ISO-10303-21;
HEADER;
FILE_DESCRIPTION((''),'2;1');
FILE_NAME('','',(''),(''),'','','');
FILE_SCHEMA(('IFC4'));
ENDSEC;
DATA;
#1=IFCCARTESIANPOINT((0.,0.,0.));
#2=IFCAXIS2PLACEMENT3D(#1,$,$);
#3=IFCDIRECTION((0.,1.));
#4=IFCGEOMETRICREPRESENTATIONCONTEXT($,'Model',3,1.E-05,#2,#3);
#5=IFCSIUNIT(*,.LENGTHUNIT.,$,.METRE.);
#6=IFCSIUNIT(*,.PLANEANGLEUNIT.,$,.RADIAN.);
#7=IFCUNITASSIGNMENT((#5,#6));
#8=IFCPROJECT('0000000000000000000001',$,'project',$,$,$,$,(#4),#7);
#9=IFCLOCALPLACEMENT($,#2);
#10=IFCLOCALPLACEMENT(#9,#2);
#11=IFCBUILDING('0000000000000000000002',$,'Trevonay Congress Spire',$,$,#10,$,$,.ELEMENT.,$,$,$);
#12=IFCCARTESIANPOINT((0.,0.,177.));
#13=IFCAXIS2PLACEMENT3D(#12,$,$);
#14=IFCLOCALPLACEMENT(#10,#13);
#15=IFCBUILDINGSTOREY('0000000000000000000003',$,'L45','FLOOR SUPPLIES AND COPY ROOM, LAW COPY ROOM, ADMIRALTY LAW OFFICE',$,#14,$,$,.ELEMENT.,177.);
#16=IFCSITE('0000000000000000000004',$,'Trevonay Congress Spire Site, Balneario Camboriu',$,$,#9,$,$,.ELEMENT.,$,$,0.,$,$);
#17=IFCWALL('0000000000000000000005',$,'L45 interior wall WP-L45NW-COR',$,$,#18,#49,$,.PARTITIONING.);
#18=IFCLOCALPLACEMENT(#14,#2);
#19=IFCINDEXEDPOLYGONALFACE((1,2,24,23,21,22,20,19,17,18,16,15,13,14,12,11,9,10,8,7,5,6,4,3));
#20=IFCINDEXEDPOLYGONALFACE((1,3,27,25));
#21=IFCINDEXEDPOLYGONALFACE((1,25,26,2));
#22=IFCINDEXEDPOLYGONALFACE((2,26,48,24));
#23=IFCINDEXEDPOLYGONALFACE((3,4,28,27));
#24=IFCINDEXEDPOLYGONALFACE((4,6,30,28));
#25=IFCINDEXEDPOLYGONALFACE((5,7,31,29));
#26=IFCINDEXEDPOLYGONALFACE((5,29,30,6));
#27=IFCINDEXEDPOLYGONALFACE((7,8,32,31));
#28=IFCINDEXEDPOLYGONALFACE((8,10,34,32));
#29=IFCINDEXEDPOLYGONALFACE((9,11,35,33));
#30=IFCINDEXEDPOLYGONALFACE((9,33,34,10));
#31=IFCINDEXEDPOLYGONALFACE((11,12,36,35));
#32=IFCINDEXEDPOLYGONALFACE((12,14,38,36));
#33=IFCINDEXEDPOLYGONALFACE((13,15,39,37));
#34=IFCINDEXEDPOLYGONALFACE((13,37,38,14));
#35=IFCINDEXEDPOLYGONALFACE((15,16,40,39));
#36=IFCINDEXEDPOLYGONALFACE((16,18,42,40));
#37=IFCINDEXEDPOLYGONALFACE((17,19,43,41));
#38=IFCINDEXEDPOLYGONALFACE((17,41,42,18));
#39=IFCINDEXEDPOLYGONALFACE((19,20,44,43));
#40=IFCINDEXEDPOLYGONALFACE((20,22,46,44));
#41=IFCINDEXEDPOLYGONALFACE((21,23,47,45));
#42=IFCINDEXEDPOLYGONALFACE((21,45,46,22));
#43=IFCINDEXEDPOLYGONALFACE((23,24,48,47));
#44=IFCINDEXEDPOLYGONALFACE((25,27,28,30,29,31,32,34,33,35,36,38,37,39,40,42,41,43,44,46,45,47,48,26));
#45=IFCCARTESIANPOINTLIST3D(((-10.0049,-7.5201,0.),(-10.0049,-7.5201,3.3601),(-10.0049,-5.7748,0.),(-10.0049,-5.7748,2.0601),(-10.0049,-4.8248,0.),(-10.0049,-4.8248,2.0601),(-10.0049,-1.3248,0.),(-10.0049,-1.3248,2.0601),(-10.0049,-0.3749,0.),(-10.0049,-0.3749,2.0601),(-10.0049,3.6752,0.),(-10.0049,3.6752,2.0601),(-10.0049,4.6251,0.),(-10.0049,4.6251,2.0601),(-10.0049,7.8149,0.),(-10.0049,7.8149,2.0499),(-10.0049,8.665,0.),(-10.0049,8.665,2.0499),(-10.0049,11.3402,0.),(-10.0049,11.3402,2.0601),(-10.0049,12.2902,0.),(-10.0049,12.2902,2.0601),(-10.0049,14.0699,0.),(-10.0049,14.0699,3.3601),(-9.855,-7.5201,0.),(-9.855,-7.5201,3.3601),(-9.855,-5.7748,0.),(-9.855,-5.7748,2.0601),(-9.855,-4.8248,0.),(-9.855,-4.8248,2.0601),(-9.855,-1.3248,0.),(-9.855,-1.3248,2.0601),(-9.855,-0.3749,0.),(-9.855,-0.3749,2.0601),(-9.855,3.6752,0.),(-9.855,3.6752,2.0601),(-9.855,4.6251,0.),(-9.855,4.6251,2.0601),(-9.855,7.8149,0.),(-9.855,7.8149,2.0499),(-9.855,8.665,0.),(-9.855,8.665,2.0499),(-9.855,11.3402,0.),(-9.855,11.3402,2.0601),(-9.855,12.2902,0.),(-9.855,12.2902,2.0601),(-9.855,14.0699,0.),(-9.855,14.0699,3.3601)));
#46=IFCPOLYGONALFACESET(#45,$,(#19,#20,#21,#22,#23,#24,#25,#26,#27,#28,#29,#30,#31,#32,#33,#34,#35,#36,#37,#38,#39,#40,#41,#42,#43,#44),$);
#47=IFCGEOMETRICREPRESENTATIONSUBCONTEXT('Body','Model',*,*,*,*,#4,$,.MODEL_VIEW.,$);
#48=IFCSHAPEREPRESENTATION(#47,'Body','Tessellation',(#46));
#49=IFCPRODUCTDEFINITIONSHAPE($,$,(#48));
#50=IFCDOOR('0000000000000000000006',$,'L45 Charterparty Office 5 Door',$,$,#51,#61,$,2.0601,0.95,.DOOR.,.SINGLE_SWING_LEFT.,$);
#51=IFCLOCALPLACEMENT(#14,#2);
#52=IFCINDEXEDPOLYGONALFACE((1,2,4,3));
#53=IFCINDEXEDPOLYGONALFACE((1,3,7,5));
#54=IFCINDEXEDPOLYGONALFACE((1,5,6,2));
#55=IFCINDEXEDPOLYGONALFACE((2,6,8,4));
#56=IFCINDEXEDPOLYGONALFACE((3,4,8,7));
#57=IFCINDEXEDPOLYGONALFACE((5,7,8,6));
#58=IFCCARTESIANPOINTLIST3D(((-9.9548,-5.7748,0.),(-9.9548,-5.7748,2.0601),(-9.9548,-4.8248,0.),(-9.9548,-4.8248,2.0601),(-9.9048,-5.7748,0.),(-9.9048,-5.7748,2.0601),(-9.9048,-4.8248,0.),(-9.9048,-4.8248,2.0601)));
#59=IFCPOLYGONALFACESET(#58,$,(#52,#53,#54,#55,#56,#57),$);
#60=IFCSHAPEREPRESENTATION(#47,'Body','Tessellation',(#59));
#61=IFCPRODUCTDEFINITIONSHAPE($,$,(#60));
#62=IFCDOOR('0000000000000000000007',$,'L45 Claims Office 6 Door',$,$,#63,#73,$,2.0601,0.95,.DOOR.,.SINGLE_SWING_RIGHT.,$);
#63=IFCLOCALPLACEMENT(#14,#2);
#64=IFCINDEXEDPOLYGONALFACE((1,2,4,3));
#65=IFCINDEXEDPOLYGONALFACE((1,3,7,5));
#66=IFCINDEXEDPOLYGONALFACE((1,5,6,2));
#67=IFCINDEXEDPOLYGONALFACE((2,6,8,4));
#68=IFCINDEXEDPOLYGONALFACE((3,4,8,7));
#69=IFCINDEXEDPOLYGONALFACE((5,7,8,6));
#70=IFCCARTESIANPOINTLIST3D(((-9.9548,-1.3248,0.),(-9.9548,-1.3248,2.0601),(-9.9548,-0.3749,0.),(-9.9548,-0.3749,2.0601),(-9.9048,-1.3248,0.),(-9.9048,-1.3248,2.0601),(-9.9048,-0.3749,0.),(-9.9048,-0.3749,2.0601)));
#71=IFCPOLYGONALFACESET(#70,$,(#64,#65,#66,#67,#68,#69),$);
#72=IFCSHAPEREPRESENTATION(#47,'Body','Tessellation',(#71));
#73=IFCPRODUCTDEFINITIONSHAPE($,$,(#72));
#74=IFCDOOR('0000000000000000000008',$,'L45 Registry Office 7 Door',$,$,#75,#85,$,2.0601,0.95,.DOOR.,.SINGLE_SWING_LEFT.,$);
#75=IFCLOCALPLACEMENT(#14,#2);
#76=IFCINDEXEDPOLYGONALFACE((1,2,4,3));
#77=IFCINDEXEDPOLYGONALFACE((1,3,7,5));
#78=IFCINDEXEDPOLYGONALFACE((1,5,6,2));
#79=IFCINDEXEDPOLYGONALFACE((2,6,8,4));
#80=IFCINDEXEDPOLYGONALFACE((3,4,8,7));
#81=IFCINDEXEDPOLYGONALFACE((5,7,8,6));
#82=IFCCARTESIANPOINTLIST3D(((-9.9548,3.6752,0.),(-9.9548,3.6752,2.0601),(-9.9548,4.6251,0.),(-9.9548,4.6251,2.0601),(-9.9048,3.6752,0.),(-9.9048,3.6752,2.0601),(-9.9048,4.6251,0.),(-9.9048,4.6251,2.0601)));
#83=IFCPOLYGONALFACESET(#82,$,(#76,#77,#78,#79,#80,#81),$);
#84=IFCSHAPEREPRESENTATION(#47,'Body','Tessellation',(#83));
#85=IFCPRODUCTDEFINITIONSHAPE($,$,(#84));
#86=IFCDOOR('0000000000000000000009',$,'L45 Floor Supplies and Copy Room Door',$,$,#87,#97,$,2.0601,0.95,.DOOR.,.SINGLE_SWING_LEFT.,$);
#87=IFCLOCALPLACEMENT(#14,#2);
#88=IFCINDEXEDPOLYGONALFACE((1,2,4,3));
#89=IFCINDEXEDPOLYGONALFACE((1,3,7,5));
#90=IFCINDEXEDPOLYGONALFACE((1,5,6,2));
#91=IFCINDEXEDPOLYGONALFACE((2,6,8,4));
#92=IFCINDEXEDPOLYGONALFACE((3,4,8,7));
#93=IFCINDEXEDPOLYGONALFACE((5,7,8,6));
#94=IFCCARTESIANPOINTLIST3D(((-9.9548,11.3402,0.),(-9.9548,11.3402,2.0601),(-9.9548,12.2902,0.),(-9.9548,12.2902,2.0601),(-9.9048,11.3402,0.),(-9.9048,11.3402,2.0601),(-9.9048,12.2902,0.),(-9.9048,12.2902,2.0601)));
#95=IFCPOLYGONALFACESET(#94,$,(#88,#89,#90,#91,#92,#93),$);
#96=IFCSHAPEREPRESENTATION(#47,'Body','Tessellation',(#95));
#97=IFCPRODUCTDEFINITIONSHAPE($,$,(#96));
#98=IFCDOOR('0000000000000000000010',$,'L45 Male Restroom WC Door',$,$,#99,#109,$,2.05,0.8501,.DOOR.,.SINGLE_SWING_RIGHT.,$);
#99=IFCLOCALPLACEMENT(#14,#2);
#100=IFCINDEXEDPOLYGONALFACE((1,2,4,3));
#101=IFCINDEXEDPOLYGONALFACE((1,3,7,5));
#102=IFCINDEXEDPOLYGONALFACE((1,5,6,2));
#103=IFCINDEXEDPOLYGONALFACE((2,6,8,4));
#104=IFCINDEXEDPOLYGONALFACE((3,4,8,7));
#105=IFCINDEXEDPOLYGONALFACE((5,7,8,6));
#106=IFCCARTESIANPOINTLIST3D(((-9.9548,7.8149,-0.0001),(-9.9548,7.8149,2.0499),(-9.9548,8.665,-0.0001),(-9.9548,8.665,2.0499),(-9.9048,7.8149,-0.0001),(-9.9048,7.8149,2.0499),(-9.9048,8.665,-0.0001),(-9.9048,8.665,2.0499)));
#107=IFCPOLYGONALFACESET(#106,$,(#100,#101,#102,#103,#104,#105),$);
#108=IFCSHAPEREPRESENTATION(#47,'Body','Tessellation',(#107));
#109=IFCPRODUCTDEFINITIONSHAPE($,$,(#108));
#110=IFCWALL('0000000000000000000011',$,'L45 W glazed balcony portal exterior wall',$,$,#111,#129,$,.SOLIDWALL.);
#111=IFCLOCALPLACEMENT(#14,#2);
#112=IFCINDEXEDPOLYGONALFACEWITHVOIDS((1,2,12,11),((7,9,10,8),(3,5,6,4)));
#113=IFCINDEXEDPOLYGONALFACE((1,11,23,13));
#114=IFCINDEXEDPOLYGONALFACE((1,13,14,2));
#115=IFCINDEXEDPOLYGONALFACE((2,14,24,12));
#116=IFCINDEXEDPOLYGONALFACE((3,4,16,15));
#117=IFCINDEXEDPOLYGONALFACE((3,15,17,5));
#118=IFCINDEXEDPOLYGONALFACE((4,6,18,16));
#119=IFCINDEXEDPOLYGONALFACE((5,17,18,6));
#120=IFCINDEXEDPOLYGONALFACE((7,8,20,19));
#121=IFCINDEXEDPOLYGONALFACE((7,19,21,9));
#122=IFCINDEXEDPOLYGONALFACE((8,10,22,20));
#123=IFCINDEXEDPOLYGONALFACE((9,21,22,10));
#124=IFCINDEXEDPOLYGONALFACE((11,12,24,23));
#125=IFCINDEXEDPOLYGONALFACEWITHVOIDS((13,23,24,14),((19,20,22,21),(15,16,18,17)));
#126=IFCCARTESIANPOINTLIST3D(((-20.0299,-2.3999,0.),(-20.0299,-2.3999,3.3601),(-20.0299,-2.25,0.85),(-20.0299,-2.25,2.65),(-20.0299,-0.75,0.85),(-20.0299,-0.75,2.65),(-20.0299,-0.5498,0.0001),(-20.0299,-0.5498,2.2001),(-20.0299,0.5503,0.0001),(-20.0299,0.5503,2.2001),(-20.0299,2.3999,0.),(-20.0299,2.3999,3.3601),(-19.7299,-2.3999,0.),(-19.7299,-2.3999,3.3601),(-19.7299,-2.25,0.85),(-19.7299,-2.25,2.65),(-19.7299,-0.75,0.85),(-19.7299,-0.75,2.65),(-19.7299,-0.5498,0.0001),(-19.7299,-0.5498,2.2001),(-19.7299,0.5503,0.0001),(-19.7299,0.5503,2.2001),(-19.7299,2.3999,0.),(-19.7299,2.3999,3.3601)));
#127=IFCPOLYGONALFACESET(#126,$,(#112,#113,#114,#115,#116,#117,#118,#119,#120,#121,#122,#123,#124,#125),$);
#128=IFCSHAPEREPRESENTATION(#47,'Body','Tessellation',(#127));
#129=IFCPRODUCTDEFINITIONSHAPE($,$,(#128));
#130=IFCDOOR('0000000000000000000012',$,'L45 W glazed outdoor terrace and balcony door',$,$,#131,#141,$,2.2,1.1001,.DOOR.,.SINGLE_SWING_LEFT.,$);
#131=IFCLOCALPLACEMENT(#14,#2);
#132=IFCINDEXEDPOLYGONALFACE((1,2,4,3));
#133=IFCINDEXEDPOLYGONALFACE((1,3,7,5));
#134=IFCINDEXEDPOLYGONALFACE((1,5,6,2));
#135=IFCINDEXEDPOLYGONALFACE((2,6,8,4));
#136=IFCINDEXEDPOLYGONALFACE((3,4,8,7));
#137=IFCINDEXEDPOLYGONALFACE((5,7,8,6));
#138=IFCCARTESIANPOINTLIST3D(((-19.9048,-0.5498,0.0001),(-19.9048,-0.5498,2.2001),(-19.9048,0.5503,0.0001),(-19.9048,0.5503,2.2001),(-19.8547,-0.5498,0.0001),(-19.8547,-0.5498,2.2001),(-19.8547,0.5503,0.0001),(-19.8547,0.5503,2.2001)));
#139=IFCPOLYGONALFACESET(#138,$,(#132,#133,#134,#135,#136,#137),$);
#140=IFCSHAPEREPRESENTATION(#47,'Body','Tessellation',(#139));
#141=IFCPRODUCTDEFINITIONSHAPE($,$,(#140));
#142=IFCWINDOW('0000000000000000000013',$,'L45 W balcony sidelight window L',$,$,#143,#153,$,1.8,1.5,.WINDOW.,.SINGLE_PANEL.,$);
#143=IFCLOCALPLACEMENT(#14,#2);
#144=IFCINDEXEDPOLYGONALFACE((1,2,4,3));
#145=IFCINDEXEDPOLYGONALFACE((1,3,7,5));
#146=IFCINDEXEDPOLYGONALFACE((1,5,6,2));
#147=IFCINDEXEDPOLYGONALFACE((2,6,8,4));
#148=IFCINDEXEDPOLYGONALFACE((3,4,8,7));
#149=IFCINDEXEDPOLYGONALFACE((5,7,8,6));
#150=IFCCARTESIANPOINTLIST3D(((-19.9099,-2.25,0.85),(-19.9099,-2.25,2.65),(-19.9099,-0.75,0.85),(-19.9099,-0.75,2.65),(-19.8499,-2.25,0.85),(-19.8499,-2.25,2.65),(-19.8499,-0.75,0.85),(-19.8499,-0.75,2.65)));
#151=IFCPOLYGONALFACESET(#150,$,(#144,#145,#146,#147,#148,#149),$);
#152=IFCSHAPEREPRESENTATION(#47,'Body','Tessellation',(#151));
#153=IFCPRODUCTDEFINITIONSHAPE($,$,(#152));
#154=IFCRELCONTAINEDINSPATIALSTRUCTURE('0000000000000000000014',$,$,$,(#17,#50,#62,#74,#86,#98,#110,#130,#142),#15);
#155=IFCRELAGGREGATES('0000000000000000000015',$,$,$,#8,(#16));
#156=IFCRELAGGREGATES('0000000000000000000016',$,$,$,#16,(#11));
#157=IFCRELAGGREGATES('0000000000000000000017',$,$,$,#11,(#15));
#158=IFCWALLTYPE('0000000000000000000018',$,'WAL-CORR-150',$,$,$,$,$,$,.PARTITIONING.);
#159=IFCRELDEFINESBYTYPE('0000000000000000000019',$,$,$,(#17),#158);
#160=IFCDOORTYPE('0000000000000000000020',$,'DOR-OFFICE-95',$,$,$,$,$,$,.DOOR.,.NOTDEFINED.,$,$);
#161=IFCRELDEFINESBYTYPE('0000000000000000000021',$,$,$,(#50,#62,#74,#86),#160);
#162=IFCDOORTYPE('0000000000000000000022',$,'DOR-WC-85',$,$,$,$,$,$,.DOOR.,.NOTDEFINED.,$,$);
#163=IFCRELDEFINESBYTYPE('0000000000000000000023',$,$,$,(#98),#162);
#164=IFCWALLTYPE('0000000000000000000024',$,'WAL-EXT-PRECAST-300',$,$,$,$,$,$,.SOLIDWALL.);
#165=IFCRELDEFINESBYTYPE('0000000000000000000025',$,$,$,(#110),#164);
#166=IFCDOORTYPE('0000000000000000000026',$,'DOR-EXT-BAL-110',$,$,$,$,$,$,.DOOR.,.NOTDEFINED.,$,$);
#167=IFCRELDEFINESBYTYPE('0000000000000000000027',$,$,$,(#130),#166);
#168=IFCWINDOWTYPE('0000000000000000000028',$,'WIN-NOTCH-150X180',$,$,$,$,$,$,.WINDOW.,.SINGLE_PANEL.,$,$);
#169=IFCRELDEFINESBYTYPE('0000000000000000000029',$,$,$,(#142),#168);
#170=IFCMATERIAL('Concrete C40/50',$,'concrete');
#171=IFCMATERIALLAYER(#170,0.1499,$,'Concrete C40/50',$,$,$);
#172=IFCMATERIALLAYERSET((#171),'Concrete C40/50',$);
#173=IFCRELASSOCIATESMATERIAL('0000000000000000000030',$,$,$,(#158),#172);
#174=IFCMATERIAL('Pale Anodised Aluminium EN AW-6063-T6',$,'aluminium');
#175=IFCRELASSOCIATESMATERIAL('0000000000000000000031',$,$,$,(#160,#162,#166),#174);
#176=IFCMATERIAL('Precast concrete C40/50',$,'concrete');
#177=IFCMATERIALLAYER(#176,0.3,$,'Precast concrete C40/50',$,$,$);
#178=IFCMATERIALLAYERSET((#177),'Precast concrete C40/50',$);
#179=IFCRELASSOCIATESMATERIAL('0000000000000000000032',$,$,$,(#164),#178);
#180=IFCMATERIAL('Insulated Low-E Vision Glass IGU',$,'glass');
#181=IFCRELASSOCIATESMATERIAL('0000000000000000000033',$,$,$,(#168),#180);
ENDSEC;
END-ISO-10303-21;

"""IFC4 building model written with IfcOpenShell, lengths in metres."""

from ifc_helpers import new_model, si_unit, direction, frame, frame_2d, origin, place, context, subcontext, project, spatial, rectangle, extrude, material, layer, layer_set, type_object, element, fill, save


model = new_model("IFC4")

# Units and contexts
model_context = context("Model", 3, precision=1e-05, world=origin(), true_north=direction((0.0, 1.0)))
body_context = subcontext(model_context, "Body", "Model", "MODEL_VIEW")
ifc_project = project(units=[si_unit("LENGTHUNIT", "METRE"), si_unit("PLANEANGLEUNIT", "RADIAN")], contexts=[model_context])

# Site, building, storey
site_placement = place(None, origin())
site = spatial("IfcSite", under=ifc_project, at=site_placement, Name="Trevonay Congress Spire Site, Balneario Camboriu", CompositionType="ELEMENT", RefElevation=0.0)
building_placement = place(site_placement, origin())
building = spatial("IfcBuilding", under=site, at=building_placement, Name="Trevonay Congress Spire", CompositionType="ELEMENT")
storey_placement = place(building_placement, frame((0.0, 0.0, 177.0)))
storey = spatial("IfcBuildingStorey", under=building, at=storey_placement, Name="L45", Description="FLOOR SUPPLIES AND COPY ROOM, LAW COPY ROOM, ADMIRALTY LAW OFFICE", CompositionType="ELEMENT", Elevation=177.0)

# Shared definitions
ifc_material_1 = material(Name="Pale Anodised Aluminium EN AW-6063-T6", Category="aluminium")
ifc_material_2 = material(Name="Insulated Low-E Vision Glass IGU", Category="glass")

# Shared definitions
ifc_material_3 = material(Name="Concrete C40/50", Category="concrete")
ifc_layer_1 = layer(ifc_material_3, 0.1499, Name="Concrete C40/50")
ifc_layer_set_1 = layer_set([ifc_layer_1], Name="Concrete C40/50")
wall_type_1 = type_object("IfcWallType", Name="WAL-CORR-150", PredefinedType="PARTITIONING", material=ifc_layer_set_1)
door_type_1 = type_object("IfcDoorType", Name="DOR-OFFICE-95", OperationType="NOTDEFINED", PredefinedType="DOOR", material=ifc_material_1)

# Wall, openings, doors
wall_1_placement = place(storey_placement, frame((-9.9299, -7.52, 0.0), z_axis=(0.0, 0.0, 1.0), x_axis=(0.0, 1.0, 0.0)))
wall_1 = element("IfcWall", 1, at=wall_1_placement, inside=storey, type_object=wall_type_1, Name="L45 interior wall WP-L45NW-COR", PredefinedType="PARTITIONING", context=body_context, shape_type="SweptSolid", body=[
    extrude(rectangle(XDim=21.5901, YDim=0.1499, at=frame_2d((10.7949, 0.0))), origin(), (0.0, 0.0, 1.0), 3.3601),
])
opening_1_placement = place(wall_1_placement, frame((1.7451, 0.0, 0.0)))
opening_1 = element("IfcOpeningElement", 2, at=opening_1_placement, cuts=wall_1, PredefinedType="OPENING", context=body_context, shape_type="SweptSolid", body=[
    extrude(rectangle(XDim=0.95, YDim=2.0601, at=frame_2d((0.4751, 1.03))), frame((0.0, 0.085, 0.0), z_axis=(0.0, -1.0, 0.0), x_axis=(1.0, 0.0, 0.0)), (0.0, 0.0, 1.0), 0.1699),
])
opening_2_placement = place(wall_1_placement, frame((6.1951, 0.0, 0.0)))
opening_2 = element("IfcOpeningElement", 3, at=opening_2_placement, cuts=wall_1, PredefinedType="OPENING", context=body_context, shape_type="SweptSolid", body=[
    extrude(rectangle(XDim=0.95, YDim=2.0601, at=frame_2d((0.4751, 1.03))), frame((0.0, 0.085, 0.0), z_axis=(0.0, -1.0, 0.0), x_axis=(1.0, 0.0, 0.0)), (0.0, 0.0, 1.0), 0.1699),
])
opening_3_placement = place(wall_1_placement, frame((11.1951, 0.0, 0.0)))
opening_3 = element("IfcOpeningElement", 4, at=opening_3_placement, cuts=wall_1, PredefinedType="OPENING", context=body_context, shape_type="SweptSolid", body=[
    extrude(rectangle(XDim=0.95, YDim=2.0601, at=frame_2d((0.4751, 1.03))), frame((0.0, 0.085, 0.0), z_axis=(0.0, -1.0, 0.0), x_axis=(1.0, 0.0, 0.0)), (0.0, 0.0, 1.0), 0.1699),
])
opening_4_placement = place(wall_1_placement, frame((15.335, 0.0, 0.0)))
opening_4 = element("IfcOpeningElement", 5, at=opening_4_placement, cuts=wall_1, PredefinedType="OPENING", context=body_context, shape_type="SweptSolid", body=[
    extrude(rectangle(XDim=0.8501, YDim=2.05, at=frame_2d((0.425, 1.0249))), frame((0.0, 0.085, 0.0), z_axis=(0.0, -1.0, 0.0), x_axis=(1.0, 0.0, 0.0)), (0.0, 0.0, 1.0), 0.1699),
])
opening_5_placement = place(wall_1_placement, frame((18.8601, 0.0, 0.0)))
opening_5 = element("IfcOpeningElement", 6, at=opening_5_placement, cuts=wall_1, PredefinedType="OPENING", context=body_context, shape_type="SweptSolid", body=[
    extrude(rectangle(XDim=0.95, YDim=2.0601, at=frame_2d((0.4751, 1.03))), frame((0.0, 0.085, 0.0), z_axis=(0.0, -1.0, 0.0), x_axis=(1.0, 0.0, 0.0)), (0.0, 0.0, 1.0), 0.1699),
])
door_1_placement = place(opening_1_placement, origin())
door_1 = element("IfcDoor", 7, at=door_1_placement, inside=storey, type_object=door_type_1, Name="L45 Charterparty Office 5 Door", OperationType="SINGLE_SWING_LEFT", OverallHeight=2.0601, OverallWidth=0.95, PredefinedType="DOOR", context=body_context, shape_type="SweptSolid", body=[
    extrude(rectangle(XDim=0.95, YDim=2.0601, at=frame_2d((0.4751, 1.03))), frame((0.0, 0.0249, 0.0), z_axis=(0.0, -1.0, 0.0), x_axis=(1.0, 0.0, 0.0)), (0.0, 0.0, 1.0), 0.05),
])
fill(opening_1, door_1)
door_2_placement = place(opening_2_placement, origin())
door_2 = element("IfcDoor", 8, at=door_2_placement, inside=storey, type_object=door_type_1, Name="L45 Claims Office 6 Door", OperationType="SINGLE_SWING_RIGHT", OverallHeight=2.0601, OverallWidth=0.95, PredefinedType="DOOR", context=body_context, shape_type="SweptSolid", body=[
    extrude(rectangle(XDim=0.95, YDim=2.0601, at=frame_2d((0.4751, 1.03))), frame((0.0, 0.0249, 0.0), z_axis=(0.0, -1.0, 0.0), x_axis=(1.0, 0.0, 0.0)), (0.0, 0.0, 1.0), 0.05),
])
fill(opening_2, door_2)
door_3_placement = place(opening_3_placement, origin())
door_3 = element("IfcDoor", 9, at=door_3_placement, inside=storey, type_object=door_type_1, Name="L45 Registry Office 7 Door", OperationType="SINGLE_SWING_LEFT", OverallHeight=2.0601, OverallWidth=0.95, PredefinedType="DOOR", context=body_context, shape_type="SweptSolid", body=[
    extrude(rectangle(XDim=0.95, YDim=2.0601, at=frame_2d((0.4751, 1.03))), frame((0.0, 0.0249, 0.0), z_axis=(0.0, -1.0, 0.0), x_axis=(1.0, 0.0, 0.0)), (0.0, 0.0, 1.0), 0.05),
])
fill(opening_3, door_3)
door_4_placement = place(opening_5_placement, origin())
door_4 = element("IfcDoor", 10, at=door_4_placement, inside=storey, type_object=door_type_1, Name="L45 Floor Supplies and Copy Room Door", OperationType="SINGLE_SWING_LEFT", OverallHeight=2.0601, OverallWidth=0.95, PredefinedType="DOOR", context=body_context, shape_type="SweptSolid", body=[
    extrude(rectangle(XDim=0.95, YDim=2.0601, at=frame_2d((0.4751, 1.03))), frame((0.0, 0.0249, 0.0), z_axis=(0.0, -1.0, 0.0), x_axis=(1.0, 0.0, 0.0)), (0.0, 0.0, 1.0), 0.05),
])
fill(opening_5, door_4)
door_type_2 = type_object("IfcDoorType", Name="DOR-WC-85", OperationType="NOTDEFINED", PredefinedType="DOOR", material=ifc_material_1)
door_5_placement = place(opening_4_placement, origin())
door_5 = element("IfcDoor", 11, at=door_5_placement, inside=storey, type_object=door_type_2, Name="L45 Male Restroom WC Door", OperationType="SINGLE_SWING_RIGHT", OverallHeight=2.05, OverallWidth=0.8501, PredefinedType="DOOR", context=body_context, shape_type="SweptSolid", body=[
    extrude(rectangle(XDim=0.8501, YDim=2.05, at=frame_2d((0.425, 1.0249))), frame((0.0, 0.0249, 0.0), z_axis=(0.0, -1.0, 0.0), x_axis=(1.0, 0.0, 0.0)), (0.0, 0.0, 1.0), 0.05),
])
fill(opening_4, door_5)

# Wall, openings, door, window
ifc_material_4 = material(Name="Precast concrete C40/50", Category="concrete")
ifc_layer_2 = layer(ifc_material_4, 0.3, Name="Precast concrete C40/50")
ifc_layer_set_2 = layer_set([ifc_layer_2], Name="Precast concrete C40/50")
wall_type_2 = type_object("IfcWallType", Name="WAL-EXT-PRECAST-300", PredefinedType="SOLIDWALL", material=ifc_layer_set_2)
wall_2_placement = place(storey_placement, frame((-19.8799, -2.3999, 0.0), z_axis=(0.0, 0.0, 1.0), x_axis=(0.0, 1.0, 0.0)))
wall_2 = element("IfcWall", 12, at=wall_2_placement, inside=storey, type_object=wall_type_2, Name="L45 W glazed balcony portal exterior wall", PredefinedType="SOLIDWALL", context=body_context, shape_type="SweptSolid", body=[
    extrude(rectangle(XDim=4.7998, YDim=0.3, at=frame_2d((2.3999, 0.0))), origin(), (0.0, 0.0, 1.0), 3.3601),
])
opening_6_placement = place(wall_2_placement, frame((1.8501, 0.0, 0.0)))
opening_6 = element("IfcOpeningElement", 13, at=opening_6_placement, cuts=wall_2, PredefinedType="OPENING", context=body_context, shape_type="SweptSolid", body=[
    extrude(rectangle(XDim=1.1001, YDim=2.2, at=frame_2d((0.55, 1.1001))), frame((0.0, 0.1602, 0.0), z_axis=(0.0, -1.0, 0.0), x_axis=(1.0, 0.0, 0.0)), (0.0, 0.0, 1.0), 0.3201),
])
opening_7_placement = place(wall_2_placement, frame((0.1499, 0.0, 0.8501)))
opening_7 = element("IfcOpeningElement", 14, at=opening_7_placement, cuts=wall_2, PredefinedType="OPENING", context=body_context, shape_type="SweptSolid", body=[
    extrude(rectangle(XDim=1.5, YDim=1.8, at=frame_2d((0.75, 0.8999))), frame((0.0, 0.1602, 0.0), z_axis=(0.0, -1.0, 0.0), x_axis=(1.0, 0.0, 0.0)), (0.0, 0.0, 1.0), 0.3201),
])
door_type_3 = type_object("IfcDoorType", Name="DOR-EXT-BAL-110", OperationType="NOTDEFINED", PredefinedType="DOOR", material=ifc_material_1)
door_6_placement = place(opening_6_placement, origin())
door_6 = element("IfcDoor", 15, at=door_6_placement, inside=storey, type_object=door_type_3, Name="L45 W glazed outdoor terrace and balcony door", OperationType="SINGLE_SWING_LEFT", OverallHeight=2.2, OverallWidth=1.1001, PredefinedType="DOOR", context=body_context, shape_type="SweptSolid", body=[
    extrude(rectangle(XDim=1.1001, YDim=2.2, at=frame_2d((0.55, 1.1001))), frame((0.0, 0.0249, 0.0), z_axis=(0.0, -1.0, 0.0), x_axis=(1.0, 0.0, 0.0)), (0.0, 0.0, 1.0), 0.05),
])
fill(opening_6, door_6)
window_type = type_object("IfcWindowType", Name="WIN-NOTCH-150X180", PartitioningType="SINGLE_PANEL", PredefinedType="WINDOW", material=ifc_material_2)
window_placement = place(opening_7_placement, origin())
window = element("IfcWindow", 16, at=window_placement, inside=storey, type_object=window_type, Name="L45 W balcony sidelight window L", OverallHeight=1.8, OverallWidth=1.5, PartitioningType="SINGLE_PANEL", PredefinedType="WINDOW", context=body_context, shape_type="SweptSolid", body=[
    extrude(rectangle(XDim=1.5, YDim=1.8, at=frame_2d((0.75, 0.8999))), frame((0.0, 0.03, 0.0), z_axis=(0.0, -1.0, 0.0), x_axis=(1.0, 0.0, 0.0)), (0.0, 0.0, 1.0), 0.0601),
])
fill(opening_7, window)

save(model, "model.ifc")
